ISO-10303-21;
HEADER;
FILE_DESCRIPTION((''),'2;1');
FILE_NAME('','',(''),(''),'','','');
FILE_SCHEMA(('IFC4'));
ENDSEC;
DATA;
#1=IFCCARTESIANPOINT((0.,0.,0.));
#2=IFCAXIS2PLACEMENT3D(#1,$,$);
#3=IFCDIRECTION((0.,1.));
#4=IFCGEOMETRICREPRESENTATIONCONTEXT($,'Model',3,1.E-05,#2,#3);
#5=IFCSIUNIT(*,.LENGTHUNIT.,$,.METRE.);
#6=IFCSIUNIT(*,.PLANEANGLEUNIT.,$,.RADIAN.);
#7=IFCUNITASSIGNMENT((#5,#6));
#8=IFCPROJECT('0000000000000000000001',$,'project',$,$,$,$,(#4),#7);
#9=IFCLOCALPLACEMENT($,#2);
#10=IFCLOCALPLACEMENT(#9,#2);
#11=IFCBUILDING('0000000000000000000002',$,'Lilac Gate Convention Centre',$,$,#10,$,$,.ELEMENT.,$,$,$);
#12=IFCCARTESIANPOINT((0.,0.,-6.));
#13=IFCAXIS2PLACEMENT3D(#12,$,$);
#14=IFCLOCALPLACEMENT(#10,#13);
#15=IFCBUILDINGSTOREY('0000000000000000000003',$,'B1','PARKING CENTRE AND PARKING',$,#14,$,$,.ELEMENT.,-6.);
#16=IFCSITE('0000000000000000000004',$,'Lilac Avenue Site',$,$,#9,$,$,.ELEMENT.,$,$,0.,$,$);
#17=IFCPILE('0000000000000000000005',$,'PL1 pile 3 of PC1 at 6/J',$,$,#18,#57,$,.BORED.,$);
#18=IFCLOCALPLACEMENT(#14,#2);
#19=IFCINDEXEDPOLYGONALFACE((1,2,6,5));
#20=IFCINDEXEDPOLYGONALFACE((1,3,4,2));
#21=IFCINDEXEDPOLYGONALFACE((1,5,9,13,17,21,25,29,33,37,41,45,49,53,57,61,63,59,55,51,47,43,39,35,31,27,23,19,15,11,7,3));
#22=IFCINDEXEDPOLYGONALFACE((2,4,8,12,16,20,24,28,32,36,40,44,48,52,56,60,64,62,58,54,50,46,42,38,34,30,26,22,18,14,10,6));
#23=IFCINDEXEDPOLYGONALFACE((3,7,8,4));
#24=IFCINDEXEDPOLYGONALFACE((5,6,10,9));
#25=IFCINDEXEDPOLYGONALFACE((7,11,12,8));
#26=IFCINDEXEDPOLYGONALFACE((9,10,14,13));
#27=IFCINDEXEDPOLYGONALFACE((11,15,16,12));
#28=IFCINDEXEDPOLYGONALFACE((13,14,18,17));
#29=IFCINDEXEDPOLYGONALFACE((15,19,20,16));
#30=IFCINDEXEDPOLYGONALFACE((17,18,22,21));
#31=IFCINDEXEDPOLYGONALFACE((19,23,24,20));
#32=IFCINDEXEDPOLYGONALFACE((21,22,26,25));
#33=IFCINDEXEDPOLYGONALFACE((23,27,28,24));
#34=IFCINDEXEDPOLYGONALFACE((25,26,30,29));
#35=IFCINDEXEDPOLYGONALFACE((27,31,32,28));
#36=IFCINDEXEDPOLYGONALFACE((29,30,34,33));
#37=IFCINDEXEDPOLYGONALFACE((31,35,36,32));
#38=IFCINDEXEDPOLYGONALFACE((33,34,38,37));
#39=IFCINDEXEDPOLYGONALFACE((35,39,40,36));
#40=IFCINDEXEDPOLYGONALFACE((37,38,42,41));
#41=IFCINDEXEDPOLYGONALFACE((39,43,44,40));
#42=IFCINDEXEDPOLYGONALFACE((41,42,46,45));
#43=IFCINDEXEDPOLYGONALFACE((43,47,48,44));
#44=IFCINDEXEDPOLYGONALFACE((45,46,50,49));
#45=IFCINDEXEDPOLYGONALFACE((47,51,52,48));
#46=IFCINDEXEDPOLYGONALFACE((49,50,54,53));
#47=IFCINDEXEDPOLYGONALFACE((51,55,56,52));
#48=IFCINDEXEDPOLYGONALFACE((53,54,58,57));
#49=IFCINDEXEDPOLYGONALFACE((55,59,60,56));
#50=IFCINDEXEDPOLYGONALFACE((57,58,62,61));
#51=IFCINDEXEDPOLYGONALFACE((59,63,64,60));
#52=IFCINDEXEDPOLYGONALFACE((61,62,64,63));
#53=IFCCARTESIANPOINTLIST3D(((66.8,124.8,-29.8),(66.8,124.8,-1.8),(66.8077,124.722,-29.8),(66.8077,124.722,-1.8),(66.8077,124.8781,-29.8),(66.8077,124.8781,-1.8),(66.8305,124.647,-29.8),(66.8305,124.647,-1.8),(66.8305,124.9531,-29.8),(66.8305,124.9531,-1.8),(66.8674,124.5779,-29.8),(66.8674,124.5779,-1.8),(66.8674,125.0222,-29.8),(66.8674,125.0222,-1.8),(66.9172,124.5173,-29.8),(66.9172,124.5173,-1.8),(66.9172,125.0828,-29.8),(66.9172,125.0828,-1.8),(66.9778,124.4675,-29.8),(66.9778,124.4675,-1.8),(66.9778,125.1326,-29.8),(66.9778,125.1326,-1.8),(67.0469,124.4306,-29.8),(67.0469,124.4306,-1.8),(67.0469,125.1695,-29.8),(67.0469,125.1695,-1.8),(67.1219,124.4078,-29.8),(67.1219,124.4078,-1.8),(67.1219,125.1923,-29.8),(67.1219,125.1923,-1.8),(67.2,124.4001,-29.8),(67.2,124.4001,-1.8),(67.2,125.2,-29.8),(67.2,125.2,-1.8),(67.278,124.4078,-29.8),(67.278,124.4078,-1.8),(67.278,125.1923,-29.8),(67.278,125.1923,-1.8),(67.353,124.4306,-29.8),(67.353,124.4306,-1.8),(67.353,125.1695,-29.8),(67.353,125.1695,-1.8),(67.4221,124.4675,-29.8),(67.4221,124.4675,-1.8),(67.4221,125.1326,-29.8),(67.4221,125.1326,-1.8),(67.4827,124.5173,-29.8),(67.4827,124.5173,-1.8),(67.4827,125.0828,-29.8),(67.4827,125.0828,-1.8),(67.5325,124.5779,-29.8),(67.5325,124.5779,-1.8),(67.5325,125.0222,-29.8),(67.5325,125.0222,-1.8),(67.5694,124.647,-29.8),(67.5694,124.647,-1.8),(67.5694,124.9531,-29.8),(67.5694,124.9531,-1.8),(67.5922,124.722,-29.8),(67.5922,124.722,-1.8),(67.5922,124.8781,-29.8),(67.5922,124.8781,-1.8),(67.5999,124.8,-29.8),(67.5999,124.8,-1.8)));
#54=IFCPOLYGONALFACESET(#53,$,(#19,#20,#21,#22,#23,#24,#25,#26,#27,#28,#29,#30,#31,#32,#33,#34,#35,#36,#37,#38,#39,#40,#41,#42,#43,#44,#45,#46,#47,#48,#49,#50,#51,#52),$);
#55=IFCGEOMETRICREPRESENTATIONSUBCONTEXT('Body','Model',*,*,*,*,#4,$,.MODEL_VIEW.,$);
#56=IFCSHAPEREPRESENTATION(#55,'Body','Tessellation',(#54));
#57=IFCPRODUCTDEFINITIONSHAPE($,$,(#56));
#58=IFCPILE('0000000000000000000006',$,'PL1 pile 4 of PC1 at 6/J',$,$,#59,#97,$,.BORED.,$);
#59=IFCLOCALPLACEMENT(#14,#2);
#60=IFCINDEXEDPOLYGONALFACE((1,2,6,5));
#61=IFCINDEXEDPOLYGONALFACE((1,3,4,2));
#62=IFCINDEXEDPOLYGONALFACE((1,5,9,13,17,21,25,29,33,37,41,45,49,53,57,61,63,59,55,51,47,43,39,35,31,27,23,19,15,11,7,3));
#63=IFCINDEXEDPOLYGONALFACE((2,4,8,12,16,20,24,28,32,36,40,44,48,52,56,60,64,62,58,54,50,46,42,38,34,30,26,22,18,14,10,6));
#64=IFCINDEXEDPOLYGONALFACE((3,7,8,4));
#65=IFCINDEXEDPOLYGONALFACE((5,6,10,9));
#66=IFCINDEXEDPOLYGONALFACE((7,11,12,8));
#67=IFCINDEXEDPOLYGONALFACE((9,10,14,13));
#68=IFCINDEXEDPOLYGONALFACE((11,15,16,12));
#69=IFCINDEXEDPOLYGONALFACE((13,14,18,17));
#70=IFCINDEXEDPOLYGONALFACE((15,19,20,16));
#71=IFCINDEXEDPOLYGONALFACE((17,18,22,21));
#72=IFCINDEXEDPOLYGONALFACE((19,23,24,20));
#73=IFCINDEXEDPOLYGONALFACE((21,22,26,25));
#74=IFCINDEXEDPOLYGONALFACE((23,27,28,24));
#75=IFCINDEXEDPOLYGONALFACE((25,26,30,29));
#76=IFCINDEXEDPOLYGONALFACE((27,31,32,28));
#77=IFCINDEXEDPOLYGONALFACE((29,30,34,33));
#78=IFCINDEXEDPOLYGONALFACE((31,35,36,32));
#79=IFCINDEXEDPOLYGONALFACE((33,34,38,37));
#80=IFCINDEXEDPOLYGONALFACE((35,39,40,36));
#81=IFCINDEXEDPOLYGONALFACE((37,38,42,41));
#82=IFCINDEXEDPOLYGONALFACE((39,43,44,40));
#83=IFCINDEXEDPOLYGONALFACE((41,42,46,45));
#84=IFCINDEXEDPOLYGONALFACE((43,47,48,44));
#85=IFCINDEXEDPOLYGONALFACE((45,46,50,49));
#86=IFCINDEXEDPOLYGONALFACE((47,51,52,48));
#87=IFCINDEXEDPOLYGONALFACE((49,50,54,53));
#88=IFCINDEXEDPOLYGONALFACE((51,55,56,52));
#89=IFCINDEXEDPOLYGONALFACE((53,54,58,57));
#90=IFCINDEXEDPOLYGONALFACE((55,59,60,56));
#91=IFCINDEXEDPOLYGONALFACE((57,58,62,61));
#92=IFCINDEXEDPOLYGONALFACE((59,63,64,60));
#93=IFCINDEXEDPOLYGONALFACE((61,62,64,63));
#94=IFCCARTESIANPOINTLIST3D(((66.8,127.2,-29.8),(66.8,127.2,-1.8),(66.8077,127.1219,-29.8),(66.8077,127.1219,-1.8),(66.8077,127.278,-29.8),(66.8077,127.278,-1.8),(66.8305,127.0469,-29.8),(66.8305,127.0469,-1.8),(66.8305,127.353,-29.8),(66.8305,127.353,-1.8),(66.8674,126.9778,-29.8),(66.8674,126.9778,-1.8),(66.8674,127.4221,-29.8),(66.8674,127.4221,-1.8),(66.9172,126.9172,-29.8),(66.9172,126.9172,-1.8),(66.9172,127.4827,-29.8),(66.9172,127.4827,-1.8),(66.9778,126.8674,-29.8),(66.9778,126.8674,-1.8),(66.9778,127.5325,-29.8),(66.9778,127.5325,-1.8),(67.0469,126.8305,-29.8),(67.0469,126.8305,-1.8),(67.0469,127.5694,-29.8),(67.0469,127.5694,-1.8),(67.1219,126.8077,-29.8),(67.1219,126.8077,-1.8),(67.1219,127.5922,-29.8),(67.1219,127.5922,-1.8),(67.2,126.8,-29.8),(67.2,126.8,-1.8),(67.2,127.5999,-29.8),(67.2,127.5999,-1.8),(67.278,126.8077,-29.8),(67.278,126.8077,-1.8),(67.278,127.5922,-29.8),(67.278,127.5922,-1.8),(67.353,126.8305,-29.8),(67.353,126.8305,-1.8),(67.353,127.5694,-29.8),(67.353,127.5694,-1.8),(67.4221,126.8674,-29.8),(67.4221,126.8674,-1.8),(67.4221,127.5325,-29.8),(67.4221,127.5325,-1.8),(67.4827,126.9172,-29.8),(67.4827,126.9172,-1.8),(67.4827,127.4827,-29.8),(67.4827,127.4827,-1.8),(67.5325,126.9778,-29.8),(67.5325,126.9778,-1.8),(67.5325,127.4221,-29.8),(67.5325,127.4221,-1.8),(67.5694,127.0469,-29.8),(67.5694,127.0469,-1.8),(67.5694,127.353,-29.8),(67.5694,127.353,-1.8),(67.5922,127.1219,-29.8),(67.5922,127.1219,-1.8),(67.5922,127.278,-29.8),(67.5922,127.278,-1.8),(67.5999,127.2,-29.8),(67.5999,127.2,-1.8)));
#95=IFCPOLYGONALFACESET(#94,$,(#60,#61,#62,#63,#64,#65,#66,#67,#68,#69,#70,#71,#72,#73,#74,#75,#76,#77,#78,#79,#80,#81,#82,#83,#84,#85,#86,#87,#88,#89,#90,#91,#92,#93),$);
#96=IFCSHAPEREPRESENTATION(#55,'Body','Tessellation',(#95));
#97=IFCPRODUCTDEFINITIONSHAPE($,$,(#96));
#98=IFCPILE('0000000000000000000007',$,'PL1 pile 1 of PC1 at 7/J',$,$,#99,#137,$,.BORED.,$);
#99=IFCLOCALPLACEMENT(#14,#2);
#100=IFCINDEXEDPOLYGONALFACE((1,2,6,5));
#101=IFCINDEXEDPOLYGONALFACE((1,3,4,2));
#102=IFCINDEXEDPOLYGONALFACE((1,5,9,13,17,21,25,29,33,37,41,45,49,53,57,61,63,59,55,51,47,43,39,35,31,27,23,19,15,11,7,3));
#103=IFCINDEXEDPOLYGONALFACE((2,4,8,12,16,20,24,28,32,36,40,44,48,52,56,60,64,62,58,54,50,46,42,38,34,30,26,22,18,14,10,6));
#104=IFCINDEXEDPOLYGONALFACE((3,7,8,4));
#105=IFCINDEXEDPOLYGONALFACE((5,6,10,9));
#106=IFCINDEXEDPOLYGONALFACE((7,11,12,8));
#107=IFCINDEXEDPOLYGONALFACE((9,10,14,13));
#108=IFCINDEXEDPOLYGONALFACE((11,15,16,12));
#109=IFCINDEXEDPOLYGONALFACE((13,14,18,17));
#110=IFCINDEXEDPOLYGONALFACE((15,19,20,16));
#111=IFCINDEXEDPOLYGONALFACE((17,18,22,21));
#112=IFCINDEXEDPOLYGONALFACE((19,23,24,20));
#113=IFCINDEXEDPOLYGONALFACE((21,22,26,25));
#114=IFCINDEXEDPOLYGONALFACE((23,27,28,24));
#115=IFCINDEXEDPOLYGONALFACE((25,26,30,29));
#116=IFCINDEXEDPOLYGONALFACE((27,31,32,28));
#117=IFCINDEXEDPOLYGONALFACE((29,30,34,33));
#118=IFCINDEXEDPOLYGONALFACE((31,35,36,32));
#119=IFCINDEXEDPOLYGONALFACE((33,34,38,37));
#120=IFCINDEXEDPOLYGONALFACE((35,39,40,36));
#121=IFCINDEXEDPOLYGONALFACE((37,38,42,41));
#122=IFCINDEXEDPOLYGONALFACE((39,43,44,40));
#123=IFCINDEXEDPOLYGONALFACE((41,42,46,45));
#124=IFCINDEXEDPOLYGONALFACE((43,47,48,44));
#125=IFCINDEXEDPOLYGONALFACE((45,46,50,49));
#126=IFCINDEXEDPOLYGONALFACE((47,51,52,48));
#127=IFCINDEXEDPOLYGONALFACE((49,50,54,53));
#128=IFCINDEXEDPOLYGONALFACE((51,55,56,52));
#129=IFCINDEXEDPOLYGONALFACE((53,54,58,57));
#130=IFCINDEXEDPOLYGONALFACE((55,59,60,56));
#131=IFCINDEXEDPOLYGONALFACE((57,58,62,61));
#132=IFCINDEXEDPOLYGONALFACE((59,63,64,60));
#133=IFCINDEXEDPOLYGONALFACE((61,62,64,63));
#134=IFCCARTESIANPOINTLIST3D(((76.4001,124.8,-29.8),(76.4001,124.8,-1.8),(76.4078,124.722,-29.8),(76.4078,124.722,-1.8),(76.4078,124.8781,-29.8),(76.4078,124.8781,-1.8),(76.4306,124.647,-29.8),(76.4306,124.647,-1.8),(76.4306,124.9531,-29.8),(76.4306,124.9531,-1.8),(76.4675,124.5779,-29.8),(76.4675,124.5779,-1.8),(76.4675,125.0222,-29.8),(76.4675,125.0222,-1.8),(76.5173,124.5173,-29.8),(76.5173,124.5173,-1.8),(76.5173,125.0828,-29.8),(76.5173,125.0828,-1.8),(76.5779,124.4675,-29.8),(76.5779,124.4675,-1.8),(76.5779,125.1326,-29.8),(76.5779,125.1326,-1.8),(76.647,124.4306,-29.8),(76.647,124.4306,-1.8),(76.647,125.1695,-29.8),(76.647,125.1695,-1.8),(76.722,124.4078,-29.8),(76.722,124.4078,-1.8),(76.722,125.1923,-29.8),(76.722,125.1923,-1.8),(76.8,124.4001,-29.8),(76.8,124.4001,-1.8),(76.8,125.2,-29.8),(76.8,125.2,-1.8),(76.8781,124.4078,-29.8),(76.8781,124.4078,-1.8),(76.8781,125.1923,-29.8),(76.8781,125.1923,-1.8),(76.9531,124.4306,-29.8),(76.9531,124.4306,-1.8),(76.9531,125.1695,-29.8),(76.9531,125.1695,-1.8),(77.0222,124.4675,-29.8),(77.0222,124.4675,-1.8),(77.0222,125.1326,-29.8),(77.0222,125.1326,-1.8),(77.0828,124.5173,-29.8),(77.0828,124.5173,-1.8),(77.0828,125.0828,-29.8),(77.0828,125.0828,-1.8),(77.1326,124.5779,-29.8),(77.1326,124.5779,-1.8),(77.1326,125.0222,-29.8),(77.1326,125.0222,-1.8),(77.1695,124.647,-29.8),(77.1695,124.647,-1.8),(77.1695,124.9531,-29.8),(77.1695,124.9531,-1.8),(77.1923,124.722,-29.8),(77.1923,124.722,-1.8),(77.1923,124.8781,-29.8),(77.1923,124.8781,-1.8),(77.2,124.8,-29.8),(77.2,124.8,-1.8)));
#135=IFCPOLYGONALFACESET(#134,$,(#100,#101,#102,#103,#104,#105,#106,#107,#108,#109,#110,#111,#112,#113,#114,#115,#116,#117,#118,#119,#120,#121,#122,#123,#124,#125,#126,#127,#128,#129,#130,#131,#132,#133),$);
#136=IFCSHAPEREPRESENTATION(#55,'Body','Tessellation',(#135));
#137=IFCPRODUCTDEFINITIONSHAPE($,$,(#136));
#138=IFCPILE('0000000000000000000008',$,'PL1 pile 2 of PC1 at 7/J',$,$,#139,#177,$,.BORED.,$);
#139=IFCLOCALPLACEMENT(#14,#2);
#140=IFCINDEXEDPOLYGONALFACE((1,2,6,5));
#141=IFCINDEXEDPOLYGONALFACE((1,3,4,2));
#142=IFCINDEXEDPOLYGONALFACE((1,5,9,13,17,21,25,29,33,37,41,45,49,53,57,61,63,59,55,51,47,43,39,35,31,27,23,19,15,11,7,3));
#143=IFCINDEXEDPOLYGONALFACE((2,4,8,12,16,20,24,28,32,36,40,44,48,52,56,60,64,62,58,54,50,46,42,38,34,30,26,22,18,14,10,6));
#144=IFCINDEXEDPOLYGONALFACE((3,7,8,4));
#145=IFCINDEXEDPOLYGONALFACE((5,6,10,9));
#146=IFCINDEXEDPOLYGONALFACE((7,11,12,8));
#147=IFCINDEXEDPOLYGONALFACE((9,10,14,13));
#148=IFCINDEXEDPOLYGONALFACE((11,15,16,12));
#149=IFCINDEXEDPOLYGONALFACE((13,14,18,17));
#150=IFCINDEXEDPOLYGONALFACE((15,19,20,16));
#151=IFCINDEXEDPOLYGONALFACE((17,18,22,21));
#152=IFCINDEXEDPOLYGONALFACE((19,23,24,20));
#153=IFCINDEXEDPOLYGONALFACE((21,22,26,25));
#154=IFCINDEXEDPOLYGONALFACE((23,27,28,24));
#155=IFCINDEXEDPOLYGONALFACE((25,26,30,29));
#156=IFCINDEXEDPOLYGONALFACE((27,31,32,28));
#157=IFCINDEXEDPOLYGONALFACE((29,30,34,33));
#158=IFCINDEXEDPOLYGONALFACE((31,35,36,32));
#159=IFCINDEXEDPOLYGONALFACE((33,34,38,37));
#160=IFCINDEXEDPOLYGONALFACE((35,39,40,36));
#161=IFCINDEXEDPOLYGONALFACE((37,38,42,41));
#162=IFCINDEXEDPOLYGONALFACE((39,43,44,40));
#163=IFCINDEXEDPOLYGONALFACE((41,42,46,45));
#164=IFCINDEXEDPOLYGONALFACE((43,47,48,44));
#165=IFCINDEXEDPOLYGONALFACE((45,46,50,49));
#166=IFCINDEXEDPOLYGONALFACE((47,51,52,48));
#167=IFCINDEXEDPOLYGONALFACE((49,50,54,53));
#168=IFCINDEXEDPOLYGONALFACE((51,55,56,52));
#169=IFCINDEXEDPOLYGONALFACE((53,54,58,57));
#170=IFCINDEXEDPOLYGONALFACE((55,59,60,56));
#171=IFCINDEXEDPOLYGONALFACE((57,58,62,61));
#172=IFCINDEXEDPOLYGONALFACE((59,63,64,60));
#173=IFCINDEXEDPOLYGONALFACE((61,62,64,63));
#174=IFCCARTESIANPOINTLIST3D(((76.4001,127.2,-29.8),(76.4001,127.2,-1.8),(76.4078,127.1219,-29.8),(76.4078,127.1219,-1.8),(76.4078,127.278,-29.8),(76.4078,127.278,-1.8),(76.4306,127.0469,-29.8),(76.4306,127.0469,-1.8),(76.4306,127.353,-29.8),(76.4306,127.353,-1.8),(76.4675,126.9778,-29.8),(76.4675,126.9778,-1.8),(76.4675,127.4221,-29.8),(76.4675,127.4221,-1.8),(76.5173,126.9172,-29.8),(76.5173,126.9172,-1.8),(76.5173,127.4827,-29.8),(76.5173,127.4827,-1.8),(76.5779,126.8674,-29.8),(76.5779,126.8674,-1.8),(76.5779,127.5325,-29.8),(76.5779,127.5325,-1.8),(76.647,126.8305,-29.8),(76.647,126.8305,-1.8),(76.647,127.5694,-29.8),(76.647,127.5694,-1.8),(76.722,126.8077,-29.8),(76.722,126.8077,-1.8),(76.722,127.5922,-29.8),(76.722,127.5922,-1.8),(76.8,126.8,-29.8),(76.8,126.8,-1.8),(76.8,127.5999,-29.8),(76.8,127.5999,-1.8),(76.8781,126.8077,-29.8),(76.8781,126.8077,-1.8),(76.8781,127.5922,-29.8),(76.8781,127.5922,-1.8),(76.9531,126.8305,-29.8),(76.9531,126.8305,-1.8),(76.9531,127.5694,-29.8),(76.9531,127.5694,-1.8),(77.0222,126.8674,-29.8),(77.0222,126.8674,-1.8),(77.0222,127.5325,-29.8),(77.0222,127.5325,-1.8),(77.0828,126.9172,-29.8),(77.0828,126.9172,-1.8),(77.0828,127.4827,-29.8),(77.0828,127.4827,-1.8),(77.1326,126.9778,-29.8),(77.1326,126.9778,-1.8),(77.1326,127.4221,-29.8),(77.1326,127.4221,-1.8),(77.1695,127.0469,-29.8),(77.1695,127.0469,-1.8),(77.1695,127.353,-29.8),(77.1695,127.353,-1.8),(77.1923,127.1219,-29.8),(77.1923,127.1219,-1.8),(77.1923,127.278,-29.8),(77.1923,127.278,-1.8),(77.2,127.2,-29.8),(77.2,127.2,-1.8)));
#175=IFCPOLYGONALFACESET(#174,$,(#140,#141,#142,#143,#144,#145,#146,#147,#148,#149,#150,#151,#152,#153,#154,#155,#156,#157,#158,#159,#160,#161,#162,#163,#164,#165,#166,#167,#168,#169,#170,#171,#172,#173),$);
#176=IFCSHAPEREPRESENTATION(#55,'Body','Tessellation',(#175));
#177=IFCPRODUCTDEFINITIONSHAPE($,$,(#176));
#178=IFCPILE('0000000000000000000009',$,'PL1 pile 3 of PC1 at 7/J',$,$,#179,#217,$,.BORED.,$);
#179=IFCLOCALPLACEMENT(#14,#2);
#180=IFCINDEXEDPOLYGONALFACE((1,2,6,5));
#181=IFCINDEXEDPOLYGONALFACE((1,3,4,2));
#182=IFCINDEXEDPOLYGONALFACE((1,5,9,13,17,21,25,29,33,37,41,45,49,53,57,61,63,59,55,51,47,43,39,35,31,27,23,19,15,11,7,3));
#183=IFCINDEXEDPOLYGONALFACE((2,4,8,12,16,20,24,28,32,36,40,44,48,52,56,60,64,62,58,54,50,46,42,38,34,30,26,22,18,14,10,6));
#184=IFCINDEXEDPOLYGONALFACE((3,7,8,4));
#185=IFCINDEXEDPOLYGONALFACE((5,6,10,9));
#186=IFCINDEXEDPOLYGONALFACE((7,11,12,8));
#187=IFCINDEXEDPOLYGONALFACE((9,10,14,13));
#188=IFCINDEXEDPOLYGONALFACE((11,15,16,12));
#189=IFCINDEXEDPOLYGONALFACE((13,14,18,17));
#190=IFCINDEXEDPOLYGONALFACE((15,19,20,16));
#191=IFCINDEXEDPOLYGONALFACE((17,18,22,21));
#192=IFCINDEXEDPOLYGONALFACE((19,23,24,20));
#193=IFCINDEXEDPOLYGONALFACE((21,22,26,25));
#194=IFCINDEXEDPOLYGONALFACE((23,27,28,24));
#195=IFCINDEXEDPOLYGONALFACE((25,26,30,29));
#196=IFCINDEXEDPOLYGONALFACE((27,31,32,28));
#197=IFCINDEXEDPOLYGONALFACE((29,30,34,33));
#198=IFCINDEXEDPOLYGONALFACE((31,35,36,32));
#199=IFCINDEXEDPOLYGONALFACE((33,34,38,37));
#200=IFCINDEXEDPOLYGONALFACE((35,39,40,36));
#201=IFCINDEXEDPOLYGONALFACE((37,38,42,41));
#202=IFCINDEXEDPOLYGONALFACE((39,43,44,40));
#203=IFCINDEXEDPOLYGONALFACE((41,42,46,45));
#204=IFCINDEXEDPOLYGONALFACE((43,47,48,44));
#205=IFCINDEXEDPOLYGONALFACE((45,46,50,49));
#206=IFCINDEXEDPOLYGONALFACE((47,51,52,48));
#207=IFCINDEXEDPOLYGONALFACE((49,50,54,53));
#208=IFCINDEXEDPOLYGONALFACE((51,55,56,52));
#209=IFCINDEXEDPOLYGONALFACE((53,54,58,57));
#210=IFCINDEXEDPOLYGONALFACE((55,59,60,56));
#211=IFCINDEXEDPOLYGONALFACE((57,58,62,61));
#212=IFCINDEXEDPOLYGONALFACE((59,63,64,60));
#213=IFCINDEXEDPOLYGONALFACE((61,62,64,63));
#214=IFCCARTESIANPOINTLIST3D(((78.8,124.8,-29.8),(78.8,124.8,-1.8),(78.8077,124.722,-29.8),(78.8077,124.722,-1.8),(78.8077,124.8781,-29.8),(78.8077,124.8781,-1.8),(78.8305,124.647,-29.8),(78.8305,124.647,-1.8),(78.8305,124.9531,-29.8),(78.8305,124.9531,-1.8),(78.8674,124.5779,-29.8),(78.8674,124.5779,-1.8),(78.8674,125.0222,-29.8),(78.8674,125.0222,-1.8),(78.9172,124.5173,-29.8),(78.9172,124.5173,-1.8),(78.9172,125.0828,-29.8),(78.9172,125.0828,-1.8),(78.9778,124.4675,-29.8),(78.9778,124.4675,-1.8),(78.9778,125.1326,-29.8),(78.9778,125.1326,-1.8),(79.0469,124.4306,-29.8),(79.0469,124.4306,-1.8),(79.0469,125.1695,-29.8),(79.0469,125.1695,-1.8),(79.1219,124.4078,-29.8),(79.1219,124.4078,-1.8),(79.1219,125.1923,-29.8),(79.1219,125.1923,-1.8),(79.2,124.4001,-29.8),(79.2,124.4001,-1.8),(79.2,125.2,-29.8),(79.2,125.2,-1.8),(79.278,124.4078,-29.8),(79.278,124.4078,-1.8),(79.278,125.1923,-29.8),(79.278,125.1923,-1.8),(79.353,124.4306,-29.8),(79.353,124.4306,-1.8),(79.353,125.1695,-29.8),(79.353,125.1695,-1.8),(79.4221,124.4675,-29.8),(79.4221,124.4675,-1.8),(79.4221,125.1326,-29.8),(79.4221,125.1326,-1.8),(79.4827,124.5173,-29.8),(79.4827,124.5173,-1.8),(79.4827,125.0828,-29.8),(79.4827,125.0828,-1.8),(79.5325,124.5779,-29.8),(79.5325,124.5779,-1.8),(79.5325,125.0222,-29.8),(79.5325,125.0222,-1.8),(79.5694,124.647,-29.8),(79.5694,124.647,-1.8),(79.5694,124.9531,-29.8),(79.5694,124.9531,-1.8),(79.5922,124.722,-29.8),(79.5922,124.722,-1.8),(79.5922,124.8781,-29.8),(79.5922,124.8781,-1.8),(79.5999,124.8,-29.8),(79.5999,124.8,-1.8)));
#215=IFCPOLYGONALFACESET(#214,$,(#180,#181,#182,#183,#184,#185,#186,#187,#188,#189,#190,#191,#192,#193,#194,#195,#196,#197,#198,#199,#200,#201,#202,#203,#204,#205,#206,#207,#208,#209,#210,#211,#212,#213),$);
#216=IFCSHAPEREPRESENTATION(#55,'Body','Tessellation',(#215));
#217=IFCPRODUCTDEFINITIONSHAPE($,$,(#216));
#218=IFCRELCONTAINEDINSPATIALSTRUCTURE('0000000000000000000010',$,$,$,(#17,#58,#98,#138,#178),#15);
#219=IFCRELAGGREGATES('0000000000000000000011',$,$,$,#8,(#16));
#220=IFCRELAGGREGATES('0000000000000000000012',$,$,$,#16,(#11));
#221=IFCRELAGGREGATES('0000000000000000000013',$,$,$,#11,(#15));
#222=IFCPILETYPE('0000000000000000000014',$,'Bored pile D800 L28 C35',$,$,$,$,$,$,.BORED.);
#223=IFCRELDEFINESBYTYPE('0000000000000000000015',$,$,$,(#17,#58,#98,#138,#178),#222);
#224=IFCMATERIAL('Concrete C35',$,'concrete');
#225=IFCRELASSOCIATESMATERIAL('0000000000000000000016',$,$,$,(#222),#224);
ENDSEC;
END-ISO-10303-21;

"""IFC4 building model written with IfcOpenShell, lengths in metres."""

from ifc_helpers import new_model, si_unit, direction, frame, origin, origin_2d, place, context, subcontext, project, spatial, circle, extrude, material, material_profile, profile_set, type_object, element, save


model = new_model("IFC4")

# Units and contexts
model_context = context("Model", 3, precision=1e-05, world=origin(), true_north=direction((0.0, 1.0)))
body_context = subcontext(model_context, "Body", "Model", "MODEL_VIEW")
ifc_project = project(units=[si_unit("LENGTHUNIT", "METRE"), si_unit("PLANEANGLEUNIT", "RADIAN")], contexts=[model_context])

# Site, building, storey
site_placement = place(None, origin())
site = spatial("IfcSite", under=ifc_project, at=site_placement, Name="Lilac Avenue Site", CompositionType="ELEMENT", RefElevation=0.0)
building_placement = place(site_placement, origin())
building = spatial("IfcBuilding", under=site, at=building_placement, Name="Lilac Gate Convention Centre", CompositionType="ELEMENT")
storey_placement = place(building_placement, frame((0.0, 0.0, -6.0)))
storey = spatial("IfcBuildingStorey", under=building, at=storey_placement, Name="B1", Description="PARKING CENTRE AND PARKING", CompositionType="ELEMENT", Elevation=-6.0)

# Piles
ifc_material_1 = material(Name="Concrete C35", Category="concrete")
ifc_material_profile_1 = material_profile(ifc_material_1, circle(Radius=0.3999, at=origin_2d()), Name="D800")
ifc_profile_set_1 = profile_set([ifc_material_profile_1], Name="Concrete C35")
pile_type = type_object("IfcPileType", Name="Bored pile D800 L28 C35", PredefinedType="BORED", material=ifc_profile_set_1)
for number, where, z_axis, x_axis, name in (
    (1, (67.2, 124.8, -1.8), (0.0, 0.0, -1.0), (1.0, 0.0, 0.0), "PL1 pile 3 of PC1 at 6/J"),
    (2, (67.2, 127.2, -1.8), (0.0, 0.0, -1.0), (1.0, 0.0, 0.0), "PL1 pile 4 of PC1 at 6/J"),
    (3, (76.8, 124.8, -1.8), (0.0, 0.0, -1.0), (1.0, 0.0, 0.0), "PL1 pile 1 of PC1 at 7/J"),
    (4, (76.8, 127.2, -1.8), (0.0, 0.0, -1.0), (1.0, 0.0, 0.0), "PL1 pile 2 of PC1 at 7/J"),
    (5, (79.2, 124.8, -1.8), (0.0, 0.0, -1.0), (1.0, 0.0, 0.0), "PL1 pile 3 of PC1 at 7/J"),
):
    element("IfcPile", number, at=place(storey_placement, frame(where, z_axis=z_axis, x_axis=x_axis)), inside=storey, type_object=pile_type, Name=name, PredefinedType="BORED", context=body_context, shape_type="SweptSolid", body=[
        extrude(circle(Radius=0.3999, at=origin_2d()), origin(), (0.0, 0.0, 1.0), 28.0),
    ])

save(model, "model.ifc")
